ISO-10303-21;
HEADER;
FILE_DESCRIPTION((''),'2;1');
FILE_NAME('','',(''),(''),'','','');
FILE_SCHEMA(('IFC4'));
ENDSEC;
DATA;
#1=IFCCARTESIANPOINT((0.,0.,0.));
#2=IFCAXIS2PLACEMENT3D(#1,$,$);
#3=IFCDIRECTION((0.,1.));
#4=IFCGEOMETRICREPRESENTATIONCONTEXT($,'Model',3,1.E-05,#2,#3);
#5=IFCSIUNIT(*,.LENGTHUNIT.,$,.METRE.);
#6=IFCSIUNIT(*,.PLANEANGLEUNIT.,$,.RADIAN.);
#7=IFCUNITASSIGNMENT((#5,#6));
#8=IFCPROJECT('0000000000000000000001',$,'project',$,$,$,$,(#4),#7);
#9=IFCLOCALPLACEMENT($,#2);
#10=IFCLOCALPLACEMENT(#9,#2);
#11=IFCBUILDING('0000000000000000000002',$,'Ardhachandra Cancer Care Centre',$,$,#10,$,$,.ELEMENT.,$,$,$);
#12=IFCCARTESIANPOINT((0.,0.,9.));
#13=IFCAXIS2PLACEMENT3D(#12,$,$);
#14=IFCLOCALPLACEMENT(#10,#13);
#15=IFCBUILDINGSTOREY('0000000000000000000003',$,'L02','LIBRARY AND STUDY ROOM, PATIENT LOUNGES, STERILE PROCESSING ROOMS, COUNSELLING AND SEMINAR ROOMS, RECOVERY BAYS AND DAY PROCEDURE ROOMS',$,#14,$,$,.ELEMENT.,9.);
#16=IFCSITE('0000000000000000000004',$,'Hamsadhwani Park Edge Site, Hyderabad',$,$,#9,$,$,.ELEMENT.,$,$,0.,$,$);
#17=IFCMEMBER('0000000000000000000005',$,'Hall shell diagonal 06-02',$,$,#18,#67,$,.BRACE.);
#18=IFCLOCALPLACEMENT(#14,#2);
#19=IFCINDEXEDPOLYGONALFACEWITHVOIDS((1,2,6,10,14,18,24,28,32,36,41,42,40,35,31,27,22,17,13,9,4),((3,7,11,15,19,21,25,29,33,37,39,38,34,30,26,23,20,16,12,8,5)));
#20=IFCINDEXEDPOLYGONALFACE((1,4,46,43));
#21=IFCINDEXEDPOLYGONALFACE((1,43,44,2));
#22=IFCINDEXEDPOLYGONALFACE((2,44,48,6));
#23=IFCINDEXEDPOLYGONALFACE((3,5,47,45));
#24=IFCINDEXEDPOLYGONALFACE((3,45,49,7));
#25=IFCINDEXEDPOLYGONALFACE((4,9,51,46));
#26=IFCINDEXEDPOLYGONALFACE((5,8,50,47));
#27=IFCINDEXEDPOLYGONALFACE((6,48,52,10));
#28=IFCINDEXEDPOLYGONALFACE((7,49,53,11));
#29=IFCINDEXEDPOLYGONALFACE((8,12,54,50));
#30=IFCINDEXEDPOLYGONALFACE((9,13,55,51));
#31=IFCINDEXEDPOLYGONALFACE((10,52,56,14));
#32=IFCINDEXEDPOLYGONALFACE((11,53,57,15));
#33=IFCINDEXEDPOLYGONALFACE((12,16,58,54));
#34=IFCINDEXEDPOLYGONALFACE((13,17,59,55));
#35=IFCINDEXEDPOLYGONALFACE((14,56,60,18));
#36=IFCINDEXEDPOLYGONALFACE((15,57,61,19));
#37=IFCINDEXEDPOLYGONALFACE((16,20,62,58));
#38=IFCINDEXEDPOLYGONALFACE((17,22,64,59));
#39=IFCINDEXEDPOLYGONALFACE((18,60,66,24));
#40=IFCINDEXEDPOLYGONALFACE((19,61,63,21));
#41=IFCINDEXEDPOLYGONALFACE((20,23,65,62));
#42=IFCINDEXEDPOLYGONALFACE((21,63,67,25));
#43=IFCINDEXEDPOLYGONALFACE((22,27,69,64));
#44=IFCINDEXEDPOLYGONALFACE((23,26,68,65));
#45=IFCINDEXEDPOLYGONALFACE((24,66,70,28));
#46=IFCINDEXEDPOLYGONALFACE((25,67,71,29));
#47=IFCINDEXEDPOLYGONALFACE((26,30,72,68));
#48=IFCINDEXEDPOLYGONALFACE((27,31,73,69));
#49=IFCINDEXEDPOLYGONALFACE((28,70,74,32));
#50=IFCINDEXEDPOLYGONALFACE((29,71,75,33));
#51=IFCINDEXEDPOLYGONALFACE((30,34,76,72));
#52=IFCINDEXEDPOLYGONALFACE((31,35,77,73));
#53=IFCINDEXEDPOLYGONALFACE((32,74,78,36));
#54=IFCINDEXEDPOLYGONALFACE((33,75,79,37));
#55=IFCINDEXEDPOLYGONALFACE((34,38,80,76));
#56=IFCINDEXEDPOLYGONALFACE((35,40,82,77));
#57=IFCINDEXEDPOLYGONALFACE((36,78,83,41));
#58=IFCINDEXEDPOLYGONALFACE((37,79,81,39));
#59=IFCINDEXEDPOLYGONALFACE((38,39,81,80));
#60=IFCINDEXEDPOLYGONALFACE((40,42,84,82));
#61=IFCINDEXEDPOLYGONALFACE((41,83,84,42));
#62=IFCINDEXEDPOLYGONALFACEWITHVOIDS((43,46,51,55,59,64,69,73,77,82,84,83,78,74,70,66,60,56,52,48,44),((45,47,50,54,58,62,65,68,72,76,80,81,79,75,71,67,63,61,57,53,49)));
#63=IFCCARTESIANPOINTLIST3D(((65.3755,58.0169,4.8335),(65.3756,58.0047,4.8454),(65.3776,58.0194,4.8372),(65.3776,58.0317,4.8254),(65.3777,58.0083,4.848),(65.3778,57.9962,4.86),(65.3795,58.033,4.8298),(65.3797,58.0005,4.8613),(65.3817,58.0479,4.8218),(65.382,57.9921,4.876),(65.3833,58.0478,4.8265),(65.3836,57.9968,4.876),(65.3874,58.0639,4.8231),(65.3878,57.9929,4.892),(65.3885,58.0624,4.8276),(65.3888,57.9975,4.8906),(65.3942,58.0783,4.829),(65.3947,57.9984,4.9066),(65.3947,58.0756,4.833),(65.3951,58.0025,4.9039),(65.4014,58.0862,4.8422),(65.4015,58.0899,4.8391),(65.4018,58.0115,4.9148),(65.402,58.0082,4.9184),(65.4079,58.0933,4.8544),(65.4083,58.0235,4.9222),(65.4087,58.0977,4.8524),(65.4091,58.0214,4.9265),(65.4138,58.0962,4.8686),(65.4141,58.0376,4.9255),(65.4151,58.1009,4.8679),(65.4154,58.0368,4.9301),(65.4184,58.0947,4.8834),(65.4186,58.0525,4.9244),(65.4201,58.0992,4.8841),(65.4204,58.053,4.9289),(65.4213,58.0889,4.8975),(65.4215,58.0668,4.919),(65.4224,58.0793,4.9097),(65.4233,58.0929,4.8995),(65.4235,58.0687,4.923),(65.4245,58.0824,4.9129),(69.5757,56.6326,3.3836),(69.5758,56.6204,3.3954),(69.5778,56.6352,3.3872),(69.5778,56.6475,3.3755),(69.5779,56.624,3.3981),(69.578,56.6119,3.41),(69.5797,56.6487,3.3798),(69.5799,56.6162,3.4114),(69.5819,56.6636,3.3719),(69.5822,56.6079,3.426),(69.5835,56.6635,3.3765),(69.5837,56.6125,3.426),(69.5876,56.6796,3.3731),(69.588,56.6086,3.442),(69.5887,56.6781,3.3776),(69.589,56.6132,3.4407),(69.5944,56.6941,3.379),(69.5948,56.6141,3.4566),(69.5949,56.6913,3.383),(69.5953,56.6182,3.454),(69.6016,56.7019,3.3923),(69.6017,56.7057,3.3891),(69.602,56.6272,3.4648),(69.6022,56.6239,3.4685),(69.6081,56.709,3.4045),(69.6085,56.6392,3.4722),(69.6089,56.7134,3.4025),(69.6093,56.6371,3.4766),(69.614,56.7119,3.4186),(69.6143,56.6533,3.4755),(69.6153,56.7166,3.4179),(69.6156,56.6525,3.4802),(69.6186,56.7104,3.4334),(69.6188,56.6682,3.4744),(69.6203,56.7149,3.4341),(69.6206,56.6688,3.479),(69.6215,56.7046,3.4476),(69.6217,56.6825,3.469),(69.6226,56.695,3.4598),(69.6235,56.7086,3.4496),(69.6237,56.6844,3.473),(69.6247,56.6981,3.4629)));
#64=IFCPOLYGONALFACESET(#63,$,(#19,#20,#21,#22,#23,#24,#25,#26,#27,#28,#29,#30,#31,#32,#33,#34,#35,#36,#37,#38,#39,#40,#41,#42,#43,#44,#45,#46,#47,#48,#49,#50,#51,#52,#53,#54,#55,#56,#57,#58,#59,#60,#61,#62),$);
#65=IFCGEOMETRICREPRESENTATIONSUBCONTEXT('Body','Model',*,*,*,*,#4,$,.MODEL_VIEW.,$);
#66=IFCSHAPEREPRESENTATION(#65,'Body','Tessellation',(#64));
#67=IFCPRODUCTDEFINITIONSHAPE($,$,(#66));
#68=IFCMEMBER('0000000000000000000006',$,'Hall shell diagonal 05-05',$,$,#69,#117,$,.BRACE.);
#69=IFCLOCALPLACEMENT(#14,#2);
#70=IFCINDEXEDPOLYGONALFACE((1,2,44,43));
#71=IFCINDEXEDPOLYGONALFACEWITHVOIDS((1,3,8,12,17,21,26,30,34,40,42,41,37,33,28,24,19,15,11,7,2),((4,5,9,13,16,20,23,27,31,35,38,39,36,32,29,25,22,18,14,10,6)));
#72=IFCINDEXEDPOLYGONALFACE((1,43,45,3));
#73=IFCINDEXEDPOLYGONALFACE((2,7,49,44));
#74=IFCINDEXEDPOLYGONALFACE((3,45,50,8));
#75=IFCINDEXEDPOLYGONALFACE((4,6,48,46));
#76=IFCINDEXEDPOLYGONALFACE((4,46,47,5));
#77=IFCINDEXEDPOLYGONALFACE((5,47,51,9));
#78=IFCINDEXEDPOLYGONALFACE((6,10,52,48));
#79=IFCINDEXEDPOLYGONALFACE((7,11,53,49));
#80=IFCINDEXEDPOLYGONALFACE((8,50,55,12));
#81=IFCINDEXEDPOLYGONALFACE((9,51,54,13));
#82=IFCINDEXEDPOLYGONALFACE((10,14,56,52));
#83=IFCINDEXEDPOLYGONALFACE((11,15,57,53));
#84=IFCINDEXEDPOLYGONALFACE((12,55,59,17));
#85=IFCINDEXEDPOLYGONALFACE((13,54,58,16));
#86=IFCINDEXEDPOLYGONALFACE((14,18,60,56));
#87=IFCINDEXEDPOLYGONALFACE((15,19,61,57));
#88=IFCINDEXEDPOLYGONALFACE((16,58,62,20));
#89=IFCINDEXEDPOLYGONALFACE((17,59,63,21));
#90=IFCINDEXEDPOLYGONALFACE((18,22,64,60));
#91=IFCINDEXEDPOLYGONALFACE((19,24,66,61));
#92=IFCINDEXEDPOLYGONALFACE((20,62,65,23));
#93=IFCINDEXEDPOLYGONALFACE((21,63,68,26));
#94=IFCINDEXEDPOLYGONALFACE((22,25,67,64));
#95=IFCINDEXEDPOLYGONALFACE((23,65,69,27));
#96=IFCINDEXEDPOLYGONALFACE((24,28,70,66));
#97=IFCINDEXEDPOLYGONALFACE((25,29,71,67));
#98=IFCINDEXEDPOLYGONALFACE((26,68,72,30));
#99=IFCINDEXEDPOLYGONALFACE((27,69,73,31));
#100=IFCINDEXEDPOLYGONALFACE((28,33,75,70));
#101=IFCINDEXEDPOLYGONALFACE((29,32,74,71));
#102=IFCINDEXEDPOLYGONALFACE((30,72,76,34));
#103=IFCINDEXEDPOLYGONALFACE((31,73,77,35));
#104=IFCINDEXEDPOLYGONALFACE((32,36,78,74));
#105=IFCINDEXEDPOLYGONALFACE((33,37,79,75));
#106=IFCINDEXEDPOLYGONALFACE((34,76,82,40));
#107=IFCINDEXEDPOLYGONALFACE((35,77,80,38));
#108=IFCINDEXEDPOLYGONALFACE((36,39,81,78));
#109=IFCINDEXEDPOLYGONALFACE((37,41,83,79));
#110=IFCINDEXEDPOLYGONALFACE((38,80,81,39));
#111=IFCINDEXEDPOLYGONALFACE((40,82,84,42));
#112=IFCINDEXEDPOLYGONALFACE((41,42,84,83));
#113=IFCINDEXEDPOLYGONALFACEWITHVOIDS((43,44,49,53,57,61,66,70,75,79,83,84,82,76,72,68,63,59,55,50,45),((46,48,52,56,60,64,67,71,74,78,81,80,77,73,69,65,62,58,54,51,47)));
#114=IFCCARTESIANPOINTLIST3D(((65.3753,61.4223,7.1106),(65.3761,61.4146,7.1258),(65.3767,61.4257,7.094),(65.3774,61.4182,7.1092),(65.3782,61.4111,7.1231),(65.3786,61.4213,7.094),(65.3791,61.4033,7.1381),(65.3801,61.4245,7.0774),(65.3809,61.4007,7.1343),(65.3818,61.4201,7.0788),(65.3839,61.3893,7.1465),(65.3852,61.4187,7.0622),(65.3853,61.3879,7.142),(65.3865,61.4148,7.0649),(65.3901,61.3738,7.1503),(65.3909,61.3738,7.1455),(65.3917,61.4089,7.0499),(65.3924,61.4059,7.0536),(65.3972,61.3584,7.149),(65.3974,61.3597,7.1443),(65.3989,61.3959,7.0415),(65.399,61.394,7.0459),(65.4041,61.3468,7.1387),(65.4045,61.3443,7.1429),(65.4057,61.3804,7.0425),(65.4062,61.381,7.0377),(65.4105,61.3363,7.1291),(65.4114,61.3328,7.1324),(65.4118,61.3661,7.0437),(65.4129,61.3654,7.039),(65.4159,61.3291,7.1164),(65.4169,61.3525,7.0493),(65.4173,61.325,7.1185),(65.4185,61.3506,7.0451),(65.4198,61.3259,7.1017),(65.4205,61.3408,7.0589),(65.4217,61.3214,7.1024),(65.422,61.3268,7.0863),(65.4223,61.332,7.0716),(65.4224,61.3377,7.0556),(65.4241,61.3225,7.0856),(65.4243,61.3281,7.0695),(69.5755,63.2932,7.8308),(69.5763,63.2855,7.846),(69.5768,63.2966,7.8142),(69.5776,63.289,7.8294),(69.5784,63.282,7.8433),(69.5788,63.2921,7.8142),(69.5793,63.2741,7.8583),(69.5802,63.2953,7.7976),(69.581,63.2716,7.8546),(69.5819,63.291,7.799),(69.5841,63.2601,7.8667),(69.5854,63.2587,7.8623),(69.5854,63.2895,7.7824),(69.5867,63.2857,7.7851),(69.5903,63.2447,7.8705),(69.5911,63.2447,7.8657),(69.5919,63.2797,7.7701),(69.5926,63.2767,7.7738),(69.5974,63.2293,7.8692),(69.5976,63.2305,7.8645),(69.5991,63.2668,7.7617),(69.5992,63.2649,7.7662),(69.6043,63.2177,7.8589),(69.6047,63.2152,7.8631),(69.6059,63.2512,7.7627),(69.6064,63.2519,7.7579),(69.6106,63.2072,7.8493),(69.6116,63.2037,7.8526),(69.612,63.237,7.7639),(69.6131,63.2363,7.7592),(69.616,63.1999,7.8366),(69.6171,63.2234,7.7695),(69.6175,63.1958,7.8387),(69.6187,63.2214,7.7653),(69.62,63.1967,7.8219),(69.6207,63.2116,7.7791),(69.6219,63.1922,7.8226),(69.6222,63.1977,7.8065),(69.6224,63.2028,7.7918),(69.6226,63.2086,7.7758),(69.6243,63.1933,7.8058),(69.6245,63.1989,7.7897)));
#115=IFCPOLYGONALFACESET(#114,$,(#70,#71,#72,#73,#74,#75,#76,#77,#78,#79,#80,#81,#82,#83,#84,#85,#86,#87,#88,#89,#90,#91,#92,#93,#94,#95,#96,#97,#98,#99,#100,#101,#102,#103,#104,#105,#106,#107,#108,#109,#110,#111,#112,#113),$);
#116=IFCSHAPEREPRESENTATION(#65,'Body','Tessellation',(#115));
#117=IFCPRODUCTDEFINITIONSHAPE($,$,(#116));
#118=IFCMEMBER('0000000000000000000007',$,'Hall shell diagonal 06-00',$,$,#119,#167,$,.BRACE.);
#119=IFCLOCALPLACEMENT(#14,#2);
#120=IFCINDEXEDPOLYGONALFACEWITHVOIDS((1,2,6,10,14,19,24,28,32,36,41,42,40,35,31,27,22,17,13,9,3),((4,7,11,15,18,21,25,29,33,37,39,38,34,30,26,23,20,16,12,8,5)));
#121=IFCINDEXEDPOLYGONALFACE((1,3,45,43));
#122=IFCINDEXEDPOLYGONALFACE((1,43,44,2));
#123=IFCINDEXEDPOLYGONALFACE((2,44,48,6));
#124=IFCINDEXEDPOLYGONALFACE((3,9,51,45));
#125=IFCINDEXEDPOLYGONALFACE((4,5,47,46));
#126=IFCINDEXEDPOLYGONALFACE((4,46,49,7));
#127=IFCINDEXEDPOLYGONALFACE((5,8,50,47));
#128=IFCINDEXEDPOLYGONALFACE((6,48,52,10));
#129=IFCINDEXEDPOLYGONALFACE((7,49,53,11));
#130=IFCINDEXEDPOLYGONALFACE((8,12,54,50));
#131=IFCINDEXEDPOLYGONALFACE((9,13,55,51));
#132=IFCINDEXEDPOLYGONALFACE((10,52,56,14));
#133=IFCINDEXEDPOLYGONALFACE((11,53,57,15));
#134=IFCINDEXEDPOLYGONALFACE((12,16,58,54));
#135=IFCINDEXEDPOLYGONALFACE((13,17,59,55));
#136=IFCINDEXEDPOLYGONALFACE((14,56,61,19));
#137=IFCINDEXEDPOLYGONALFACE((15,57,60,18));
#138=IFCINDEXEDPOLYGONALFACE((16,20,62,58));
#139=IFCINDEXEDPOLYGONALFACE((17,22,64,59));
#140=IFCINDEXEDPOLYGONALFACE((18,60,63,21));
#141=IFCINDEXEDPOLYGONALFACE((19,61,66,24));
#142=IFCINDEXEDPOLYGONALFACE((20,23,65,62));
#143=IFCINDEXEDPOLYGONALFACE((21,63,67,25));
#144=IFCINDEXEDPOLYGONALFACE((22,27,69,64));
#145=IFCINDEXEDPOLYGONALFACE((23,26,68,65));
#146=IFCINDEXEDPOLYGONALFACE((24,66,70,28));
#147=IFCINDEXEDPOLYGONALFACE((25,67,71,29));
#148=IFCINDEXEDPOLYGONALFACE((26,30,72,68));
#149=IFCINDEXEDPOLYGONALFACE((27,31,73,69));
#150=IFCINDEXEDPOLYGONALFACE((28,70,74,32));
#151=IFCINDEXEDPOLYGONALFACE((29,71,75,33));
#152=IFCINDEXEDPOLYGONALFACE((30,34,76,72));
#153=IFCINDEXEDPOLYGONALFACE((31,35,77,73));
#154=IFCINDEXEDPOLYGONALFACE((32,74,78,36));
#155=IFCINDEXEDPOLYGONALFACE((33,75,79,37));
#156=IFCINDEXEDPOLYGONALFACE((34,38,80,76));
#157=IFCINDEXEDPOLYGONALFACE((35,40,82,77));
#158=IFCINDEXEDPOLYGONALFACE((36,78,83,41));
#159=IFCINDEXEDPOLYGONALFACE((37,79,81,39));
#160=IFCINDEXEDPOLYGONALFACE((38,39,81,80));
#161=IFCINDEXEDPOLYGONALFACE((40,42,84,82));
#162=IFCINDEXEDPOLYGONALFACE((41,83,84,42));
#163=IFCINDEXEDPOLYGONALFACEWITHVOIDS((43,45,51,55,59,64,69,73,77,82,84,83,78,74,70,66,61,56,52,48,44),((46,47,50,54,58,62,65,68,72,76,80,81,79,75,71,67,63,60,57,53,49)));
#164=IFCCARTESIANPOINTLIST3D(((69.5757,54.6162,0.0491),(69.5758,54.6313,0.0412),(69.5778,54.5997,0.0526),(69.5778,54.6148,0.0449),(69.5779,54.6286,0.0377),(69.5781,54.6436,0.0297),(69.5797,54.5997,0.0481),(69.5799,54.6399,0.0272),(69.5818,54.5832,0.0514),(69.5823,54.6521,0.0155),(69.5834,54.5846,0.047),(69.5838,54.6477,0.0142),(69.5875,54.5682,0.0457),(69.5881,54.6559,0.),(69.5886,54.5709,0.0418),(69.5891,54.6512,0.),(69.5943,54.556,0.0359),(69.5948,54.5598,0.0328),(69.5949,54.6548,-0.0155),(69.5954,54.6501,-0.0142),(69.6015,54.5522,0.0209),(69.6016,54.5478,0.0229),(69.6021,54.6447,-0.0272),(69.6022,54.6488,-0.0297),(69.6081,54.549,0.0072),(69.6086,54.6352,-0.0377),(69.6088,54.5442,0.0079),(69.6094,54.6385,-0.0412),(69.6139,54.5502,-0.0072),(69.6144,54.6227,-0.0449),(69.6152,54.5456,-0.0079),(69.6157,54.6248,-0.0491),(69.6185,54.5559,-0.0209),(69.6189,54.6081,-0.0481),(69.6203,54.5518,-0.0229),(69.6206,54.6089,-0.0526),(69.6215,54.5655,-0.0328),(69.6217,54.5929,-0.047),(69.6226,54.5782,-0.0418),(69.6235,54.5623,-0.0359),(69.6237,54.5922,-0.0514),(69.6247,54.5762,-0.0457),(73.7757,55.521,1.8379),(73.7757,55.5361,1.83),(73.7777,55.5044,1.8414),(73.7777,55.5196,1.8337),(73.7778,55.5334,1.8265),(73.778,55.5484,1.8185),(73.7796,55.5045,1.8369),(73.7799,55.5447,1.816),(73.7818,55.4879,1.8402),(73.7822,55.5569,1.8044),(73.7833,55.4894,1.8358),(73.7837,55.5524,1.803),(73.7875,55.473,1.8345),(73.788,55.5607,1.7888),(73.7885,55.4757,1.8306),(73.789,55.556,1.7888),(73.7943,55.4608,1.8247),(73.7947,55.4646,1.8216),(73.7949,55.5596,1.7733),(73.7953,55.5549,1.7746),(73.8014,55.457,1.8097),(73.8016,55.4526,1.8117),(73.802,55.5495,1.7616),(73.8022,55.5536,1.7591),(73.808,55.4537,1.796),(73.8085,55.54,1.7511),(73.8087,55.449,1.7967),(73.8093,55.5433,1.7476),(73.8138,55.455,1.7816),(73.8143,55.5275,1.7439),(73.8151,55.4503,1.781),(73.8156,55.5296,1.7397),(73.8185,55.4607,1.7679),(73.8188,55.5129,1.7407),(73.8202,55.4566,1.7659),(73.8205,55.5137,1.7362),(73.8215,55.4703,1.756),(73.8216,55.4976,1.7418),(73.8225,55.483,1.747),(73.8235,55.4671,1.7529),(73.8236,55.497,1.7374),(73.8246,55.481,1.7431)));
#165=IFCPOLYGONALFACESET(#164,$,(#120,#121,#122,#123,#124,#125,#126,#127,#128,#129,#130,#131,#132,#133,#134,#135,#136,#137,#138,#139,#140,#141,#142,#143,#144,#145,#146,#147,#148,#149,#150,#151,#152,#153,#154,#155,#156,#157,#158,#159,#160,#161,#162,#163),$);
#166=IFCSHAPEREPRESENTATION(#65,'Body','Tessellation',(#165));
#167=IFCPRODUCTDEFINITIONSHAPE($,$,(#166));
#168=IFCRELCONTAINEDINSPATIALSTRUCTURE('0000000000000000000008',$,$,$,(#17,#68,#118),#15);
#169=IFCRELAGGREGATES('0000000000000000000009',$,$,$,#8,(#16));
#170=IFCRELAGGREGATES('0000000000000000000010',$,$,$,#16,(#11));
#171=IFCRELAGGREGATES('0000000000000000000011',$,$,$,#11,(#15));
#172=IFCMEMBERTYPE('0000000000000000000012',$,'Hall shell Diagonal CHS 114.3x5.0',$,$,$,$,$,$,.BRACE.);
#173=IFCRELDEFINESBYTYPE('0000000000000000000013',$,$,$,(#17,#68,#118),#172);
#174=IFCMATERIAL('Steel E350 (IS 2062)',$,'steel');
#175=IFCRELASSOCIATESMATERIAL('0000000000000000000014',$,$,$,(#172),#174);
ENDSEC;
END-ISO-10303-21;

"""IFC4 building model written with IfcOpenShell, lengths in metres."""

from ifc_helpers import new_model, si_unit, direction, frame, origin, origin_2d, place, context, subcontext, project, spatial, hollow_circle, extrude, material, material_profile, profile_set, type_object, element, save


model = new_model("IFC4")

# Units and contexts
model_context = context("Model", 3, precision=1e-05, world=origin(), true_north=direction((0.0, 1.0)))
body_context = subcontext(model_context, "Body", "Model", "MODEL_VIEW")
ifc_project = project(units=[si_unit("LENGTHUNIT", "METRE"), si_unit("PLANEANGLEUNIT", "RADIAN")], contexts=[model_context])

# Site, building, storey
site_placement = place(None, origin())
site = spatial("IfcSite", under=ifc_project, at=site_placement, Name="Hamsadhwani Park Edge Site, Hyderabad", CompositionType="ELEMENT", RefElevation=0.0)
building_placement = place(site_placement, origin())
building = spatial("IfcBuilding", under=site, at=building_placement, Name="Ardhachandra Cancer Care Centre", CompositionType="ELEMENT")
storey_placement = place(building_placement, frame((0.0, 0.0, 9.0)))
storey = spatial("IfcBuildingStorey", under=building, at=storey_placement, Name="L02", Description="LIBRARY AND STUDY ROOM, PATIENT LOUNGES, STERILE PROCESSING ROOMS, COUNSELLING AND SEMINAR ROOMS, RECOVERY BAYS AND DAY PROCEDURE ROOMS", CompositionType="ELEMENT", Elevation=9.0)

# Members
ifc_material_1 = material(Name="Steel E350 (IS 2062)", Category="steel")
ifc_material_profile_1 = material_profile(ifc_material_1, hollow_circle(Radius=0.0571, WallThickness=0.0049, at=origin_2d()), Name="CHS 114.3x5.0")
ifc_profile_set_1 = profile_set([ifc_material_profile_1], Name="Steel E350 (IS 2062)")
member_type_1 = type_object("IfcMemberType", Name="Hall shell Diagonal CHS 114.3x5.0", PredefinedType="BRACE", material=ifc_profile_set_1)
for number, where, z_axis, x_axis, name in (
    (1, (69.6001, 56.6621, 3.426), (-0.902481, 0.297435, 0.311546), (-0.313013, -0.949749, 0.0), "Hall shell diagonal 06-02"),
    (2, (65.3999, 61.3735, 7.094), (0.902477, 0.401981, 0.154749), (-0.406882, 0.913481, 0.0), "Hall shell diagonal 05-05"),
):
    element("IfcMember", number, at=place(storey_placement, frame(where, z_axis=z_axis, x_axis=x_axis)), inside=storey, type_object=member_type_1, Name=name, PredefinedType="BRACE", context=body_context, shape_type="SweptSolid", body=[
        extrude(hollow_circle(Radius=0.0571, WallThickness=0.0049, at=origin_2d()), origin(), (0.0, 0.0, 1.0), 4.6541),
    ])
for number, where, z_axis, x_axis, name in (
    (3, (69.6001, 54.6001, 0.0), (0.902473, 0.194417, 0.384376), (-0.210596, 0.977573, 0.0), "Hall shell diagonal 06-00"),
):
    element("IfcMember", number, at=place(storey_placement, frame(where, z_axis=z_axis, x_axis=x_axis)), inside=storey, type_object=member_type_1, Name=name, PredefinedType="BRACE", context=body_context, shape_type="SweptSolid", body=[
        extrude(hollow_circle(Radius=0.0571, WallThickness=0.0049, at=origin_2d()), origin(), (0.0, 0.0, 1.0), 4.6538),
    ])

save(model, "model.ifc")
